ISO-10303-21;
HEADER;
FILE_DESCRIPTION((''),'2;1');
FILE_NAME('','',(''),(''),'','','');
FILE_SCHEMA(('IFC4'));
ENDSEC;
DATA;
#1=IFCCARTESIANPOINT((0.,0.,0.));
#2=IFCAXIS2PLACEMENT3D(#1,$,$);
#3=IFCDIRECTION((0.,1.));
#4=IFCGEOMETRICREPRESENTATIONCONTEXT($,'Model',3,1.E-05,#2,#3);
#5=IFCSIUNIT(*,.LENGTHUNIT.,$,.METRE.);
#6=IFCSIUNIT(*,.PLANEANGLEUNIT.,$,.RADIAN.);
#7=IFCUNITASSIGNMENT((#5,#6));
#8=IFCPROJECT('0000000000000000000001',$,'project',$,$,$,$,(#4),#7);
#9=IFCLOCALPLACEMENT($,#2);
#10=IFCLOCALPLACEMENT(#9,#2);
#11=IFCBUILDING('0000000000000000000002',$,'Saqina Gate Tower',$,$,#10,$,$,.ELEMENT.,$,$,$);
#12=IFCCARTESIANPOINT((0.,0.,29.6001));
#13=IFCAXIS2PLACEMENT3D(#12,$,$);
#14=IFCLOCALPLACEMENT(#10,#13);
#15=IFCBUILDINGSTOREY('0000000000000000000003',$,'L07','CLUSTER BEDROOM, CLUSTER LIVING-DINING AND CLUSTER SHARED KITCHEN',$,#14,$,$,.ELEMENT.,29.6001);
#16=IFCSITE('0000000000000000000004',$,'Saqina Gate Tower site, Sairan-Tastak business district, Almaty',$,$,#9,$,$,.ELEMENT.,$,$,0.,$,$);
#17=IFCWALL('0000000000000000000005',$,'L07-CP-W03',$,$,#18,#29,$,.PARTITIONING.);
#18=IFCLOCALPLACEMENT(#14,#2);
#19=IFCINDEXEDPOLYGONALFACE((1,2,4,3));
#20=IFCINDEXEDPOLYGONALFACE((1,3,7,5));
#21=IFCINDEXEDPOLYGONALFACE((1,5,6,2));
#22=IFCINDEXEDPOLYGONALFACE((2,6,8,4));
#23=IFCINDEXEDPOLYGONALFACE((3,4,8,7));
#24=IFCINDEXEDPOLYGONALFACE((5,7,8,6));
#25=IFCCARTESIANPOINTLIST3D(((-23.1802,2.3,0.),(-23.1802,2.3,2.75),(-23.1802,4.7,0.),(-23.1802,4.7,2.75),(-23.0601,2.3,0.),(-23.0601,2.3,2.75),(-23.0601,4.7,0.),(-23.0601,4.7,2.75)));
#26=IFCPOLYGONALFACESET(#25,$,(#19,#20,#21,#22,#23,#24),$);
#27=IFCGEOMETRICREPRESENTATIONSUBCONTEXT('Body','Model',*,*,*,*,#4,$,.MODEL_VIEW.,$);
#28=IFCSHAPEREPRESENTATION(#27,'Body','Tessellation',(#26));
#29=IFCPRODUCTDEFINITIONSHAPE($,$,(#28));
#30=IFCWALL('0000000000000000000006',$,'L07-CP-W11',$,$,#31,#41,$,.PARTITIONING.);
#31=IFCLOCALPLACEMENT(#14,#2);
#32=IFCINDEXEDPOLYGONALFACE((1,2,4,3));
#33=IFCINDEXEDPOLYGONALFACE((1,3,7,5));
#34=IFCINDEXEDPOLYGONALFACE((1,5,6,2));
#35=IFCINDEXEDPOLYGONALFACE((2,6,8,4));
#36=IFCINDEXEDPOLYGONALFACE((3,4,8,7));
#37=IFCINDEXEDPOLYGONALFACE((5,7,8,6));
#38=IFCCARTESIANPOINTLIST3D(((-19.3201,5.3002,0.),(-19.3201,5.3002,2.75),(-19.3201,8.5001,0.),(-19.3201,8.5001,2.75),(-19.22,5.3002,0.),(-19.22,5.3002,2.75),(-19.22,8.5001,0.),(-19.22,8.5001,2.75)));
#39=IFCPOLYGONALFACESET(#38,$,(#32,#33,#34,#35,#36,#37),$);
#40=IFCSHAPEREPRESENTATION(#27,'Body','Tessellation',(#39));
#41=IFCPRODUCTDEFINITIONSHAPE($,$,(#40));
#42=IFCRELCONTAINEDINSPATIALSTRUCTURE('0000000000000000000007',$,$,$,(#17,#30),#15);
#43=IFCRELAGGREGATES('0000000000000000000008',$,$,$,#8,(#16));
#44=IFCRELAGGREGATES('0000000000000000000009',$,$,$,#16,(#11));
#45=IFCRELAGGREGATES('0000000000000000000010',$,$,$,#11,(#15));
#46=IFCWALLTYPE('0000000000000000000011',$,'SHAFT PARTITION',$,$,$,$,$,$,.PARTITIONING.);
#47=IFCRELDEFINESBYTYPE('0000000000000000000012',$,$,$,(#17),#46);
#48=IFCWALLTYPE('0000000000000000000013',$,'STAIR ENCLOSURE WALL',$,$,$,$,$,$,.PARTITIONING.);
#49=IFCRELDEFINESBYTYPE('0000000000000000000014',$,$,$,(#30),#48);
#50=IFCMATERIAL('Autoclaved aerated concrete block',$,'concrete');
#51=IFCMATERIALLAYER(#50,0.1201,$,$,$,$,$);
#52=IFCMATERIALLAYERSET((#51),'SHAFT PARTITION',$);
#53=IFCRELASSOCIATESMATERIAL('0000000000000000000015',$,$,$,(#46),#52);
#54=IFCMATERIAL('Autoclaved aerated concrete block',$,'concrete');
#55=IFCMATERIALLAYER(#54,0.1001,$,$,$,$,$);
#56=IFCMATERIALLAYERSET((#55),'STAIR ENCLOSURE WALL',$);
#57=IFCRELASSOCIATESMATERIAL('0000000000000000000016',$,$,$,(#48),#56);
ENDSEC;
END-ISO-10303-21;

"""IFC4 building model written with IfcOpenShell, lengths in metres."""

from ifc_helpers import new_model, si_unit, direction, frame, frame_2d, origin, place, context, subcontext, project, spatial, rectangle, extrude, material, layer, layer_set, type_object, element, save


model = new_model("IFC4")

# Units and contexts
model_context = context("Model", 3, precision=1e-05, world=origin(), true_north=direction((0.0, 1.0)))
body_context = subcontext(model_context, "Body", "Model", "MODEL_VIEW")
ifc_project = project(units=[si_unit("LENGTHUNIT", "METRE"), si_unit("PLANEANGLEUNIT", "RADIAN")], contexts=[model_context])

# Site, building, storey
site_placement = place(None, origin())
site = spatial("IfcSite", under=ifc_project, at=site_placement, Name="Saqina Gate Tower site, Sairan-Tastak business district, Almaty", CompositionType="ELEMENT", RefElevation=0.0)
building_placement = place(site_placement, origin())
building = spatial("IfcBuilding", under=site, at=building_placement, Name="Saqina Gate Tower", CompositionType="ELEMENT")
storey_placement = place(building_placement, frame((0.0, 0.0, 29.6001)))
storey = spatial("IfcBuildingStorey", under=building, at=storey_placement, Name="L07", Description="CLUSTER BEDROOM, CLUSTER LIVING-DINING AND CLUSTER SHARED KITCHEN", CompositionType="ELEMENT", Elevation=29.6001)

# Walls
ifc_material_1 = material(Name="Autoclaved aerated concrete block", Category="concrete")
ifc_layer_1 = layer(ifc_material_1, 0.1201)
ifc_layer_set_1 = layer_set([ifc_layer_1], Name="SHAFT PARTITION")
wall_type_1 = type_object("IfcWallType", Name="SHAFT PARTITION", PredefinedType="PARTITIONING", material=ifc_layer_set_1)
for number, where, z_axis, x_axis, name in (
    (1, (-23.1201, 2.3, 0.0), (0.0, 0.0, 1.0), (0.0, 1.0, 0.0), "L07-CP-W03"),
):
    element("IfcWall", number, at=place(storey_placement, frame(where, z_axis=z_axis, x_axis=x_axis)), inside=storey, type_object=wall_type_1, Name=name, PredefinedType="PARTITIONING", context=body_context, shape_type="SweptSolid", body=[
        extrude(rectangle(XDim=2.3999, YDim=0.1201, at=frame_2d((1.2, 0.0))), origin(), (0.0, 0.0, 1.0), 2.75),
    ])
ifc_material_2 = material(Name="Autoclaved aerated concrete block", Category="concrete")
ifc_layer_2 = layer(ifc_material_2, 0.1001)
ifc_layer_set_2 = layer_set([ifc_layer_2], Name="STAIR ENCLOSURE WALL")
wall_type_2 = type_object("IfcWallType", Name="STAIR ENCLOSURE WALL", PredefinedType="PARTITIONING", material=ifc_layer_set_2)
wall_1_placement = place(storey_placement, frame((-19.27, 5.3, 0.0), z_axis=(0.0, 0.0, 1.0), x_axis=(0.0, 1.0, 0.0)))
element("IfcWall", 2, at=wall_1_placement, inside=storey, type_object=wall_type_2, Name="L07-CP-W11", PredefinedType="PARTITIONING", context=body_context, shape_type="SweptSolid", body=[
    extrude(rectangle(XDim=3.2, YDim=0.1001, at=frame_2d((1.6001, 0.0))), origin(), (0.0, 0.0, 1.0), 2.75),
])

save(model, "model.ifc")
